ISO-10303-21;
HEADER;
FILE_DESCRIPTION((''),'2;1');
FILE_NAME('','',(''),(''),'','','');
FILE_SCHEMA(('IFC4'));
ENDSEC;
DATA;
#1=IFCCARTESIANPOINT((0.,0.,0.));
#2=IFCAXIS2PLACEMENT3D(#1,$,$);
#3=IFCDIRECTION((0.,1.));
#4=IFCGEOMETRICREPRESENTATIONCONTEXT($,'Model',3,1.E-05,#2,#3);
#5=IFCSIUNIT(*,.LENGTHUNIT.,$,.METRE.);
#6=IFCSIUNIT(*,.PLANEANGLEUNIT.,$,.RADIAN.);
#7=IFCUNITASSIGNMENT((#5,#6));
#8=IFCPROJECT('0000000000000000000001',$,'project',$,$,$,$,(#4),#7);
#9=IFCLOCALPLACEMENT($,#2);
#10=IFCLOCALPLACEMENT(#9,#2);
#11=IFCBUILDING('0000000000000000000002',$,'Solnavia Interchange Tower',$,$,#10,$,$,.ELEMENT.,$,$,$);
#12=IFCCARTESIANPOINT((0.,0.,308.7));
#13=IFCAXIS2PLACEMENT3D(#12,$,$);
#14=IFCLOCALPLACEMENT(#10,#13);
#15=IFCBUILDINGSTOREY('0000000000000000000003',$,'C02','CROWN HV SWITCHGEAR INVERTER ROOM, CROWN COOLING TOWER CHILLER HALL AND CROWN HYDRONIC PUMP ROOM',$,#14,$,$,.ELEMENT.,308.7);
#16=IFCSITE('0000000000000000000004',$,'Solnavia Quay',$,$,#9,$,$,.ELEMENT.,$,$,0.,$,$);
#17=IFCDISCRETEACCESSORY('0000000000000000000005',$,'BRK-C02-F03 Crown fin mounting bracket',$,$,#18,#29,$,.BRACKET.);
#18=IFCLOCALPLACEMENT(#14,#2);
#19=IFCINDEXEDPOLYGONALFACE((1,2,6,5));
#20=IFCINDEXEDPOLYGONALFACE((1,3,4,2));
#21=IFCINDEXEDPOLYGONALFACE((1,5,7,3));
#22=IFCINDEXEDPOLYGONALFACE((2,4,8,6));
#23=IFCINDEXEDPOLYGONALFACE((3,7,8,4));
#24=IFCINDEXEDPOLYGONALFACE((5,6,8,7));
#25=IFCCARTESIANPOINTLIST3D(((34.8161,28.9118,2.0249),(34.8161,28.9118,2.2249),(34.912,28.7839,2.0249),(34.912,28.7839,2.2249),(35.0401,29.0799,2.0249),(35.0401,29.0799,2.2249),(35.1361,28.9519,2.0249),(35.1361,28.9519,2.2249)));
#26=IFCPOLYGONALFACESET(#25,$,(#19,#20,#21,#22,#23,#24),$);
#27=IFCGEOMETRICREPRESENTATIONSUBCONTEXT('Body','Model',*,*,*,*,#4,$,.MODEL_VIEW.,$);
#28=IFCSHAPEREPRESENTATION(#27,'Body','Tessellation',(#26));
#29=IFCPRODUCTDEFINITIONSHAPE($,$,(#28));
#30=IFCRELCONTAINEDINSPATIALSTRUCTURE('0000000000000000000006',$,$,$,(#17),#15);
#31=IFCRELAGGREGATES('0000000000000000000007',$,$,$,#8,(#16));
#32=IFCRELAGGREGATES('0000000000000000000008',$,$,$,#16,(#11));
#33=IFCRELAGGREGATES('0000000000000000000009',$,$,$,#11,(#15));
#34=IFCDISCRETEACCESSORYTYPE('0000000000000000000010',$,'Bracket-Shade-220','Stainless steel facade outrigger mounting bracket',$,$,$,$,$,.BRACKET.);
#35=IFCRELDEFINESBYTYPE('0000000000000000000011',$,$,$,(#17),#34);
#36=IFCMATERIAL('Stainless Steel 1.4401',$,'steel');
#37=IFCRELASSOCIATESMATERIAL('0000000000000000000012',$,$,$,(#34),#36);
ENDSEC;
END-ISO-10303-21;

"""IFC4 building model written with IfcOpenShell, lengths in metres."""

from ifc_helpers import new_model, si_unit, direction, frame, origin, origin_2d, place, context, subcontext, project, spatial, rectangle, extrude, material, type_object, element, save


model = new_model("IFC4")

# Units and contexts
model_context = context("Model", 3, precision=1e-05, world=origin(), true_north=direction((0.0, 1.0)))
body_context = subcontext(model_context, "Body", "Model", "MODEL_VIEW")
ifc_project = project(units=[si_unit("LENGTHUNIT", "METRE"), si_unit("PLANEANGLEUNIT", "RADIAN")], contexts=[model_context])

# Site, building, storey
site_placement = place(None, origin())
site = spatial("IfcSite", under=ifc_project, at=site_placement, Name="Solnavia Quay", CompositionType="ELEMENT", RefElevation=0.0)
building_placement = place(site_placement, origin())
building = spatial("IfcBuilding", under=site, at=building_placement, Name="Solnavia Interchange Tower", CompositionType="ELEMENT")
storey_placement = place(building_placement, frame((0.0, 0.0, 308.7)))
storey = spatial("IfcBuildingStorey", under=building, at=storey_placement, Name="C02", Description="CROWN HV SWITCHGEAR INVERTER ROOM, CROWN COOLING TOWER CHILLER HALL AND CROWN HYDRONIC PUMP ROOM", CompositionType="ELEMENT", Elevation=308.7)

# Discrete accessory
ifc_material_1 = material(Name="Stainless Steel 1.4401", Category="steel")
discrete_accessory_type = type_object("IfcDiscreteAccessoryType", Name="Bracket-Shade-220", Description="Stainless steel facade outrigger mounting bracket", PredefinedType="BRACKET", material=ifc_material_1)
discrete_accessory_placement = place(storey_placement, frame((34.9761, 28.9319, 2.0249), z_axis=(0.0, 0.0, 1.0), x_axis=(0.799999, 0.600001, 0.0)))
element("IfcDiscreteAccessory", 1, at=discrete_accessory_placement, inside=storey, type_object=discrete_accessory_type, Name="BRK-C02-F03 Crown fin mounting bracket", PredefinedType="BRACKET", context=body_context, shape_type="SweptSolid", body=[
    extrude(rectangle(XDim=0.28, YDim=0.1599, at=origin_2d()), origin(), (0.0, 0.0, 1.0), 0.2),
])

save(model, "model.ifc")
